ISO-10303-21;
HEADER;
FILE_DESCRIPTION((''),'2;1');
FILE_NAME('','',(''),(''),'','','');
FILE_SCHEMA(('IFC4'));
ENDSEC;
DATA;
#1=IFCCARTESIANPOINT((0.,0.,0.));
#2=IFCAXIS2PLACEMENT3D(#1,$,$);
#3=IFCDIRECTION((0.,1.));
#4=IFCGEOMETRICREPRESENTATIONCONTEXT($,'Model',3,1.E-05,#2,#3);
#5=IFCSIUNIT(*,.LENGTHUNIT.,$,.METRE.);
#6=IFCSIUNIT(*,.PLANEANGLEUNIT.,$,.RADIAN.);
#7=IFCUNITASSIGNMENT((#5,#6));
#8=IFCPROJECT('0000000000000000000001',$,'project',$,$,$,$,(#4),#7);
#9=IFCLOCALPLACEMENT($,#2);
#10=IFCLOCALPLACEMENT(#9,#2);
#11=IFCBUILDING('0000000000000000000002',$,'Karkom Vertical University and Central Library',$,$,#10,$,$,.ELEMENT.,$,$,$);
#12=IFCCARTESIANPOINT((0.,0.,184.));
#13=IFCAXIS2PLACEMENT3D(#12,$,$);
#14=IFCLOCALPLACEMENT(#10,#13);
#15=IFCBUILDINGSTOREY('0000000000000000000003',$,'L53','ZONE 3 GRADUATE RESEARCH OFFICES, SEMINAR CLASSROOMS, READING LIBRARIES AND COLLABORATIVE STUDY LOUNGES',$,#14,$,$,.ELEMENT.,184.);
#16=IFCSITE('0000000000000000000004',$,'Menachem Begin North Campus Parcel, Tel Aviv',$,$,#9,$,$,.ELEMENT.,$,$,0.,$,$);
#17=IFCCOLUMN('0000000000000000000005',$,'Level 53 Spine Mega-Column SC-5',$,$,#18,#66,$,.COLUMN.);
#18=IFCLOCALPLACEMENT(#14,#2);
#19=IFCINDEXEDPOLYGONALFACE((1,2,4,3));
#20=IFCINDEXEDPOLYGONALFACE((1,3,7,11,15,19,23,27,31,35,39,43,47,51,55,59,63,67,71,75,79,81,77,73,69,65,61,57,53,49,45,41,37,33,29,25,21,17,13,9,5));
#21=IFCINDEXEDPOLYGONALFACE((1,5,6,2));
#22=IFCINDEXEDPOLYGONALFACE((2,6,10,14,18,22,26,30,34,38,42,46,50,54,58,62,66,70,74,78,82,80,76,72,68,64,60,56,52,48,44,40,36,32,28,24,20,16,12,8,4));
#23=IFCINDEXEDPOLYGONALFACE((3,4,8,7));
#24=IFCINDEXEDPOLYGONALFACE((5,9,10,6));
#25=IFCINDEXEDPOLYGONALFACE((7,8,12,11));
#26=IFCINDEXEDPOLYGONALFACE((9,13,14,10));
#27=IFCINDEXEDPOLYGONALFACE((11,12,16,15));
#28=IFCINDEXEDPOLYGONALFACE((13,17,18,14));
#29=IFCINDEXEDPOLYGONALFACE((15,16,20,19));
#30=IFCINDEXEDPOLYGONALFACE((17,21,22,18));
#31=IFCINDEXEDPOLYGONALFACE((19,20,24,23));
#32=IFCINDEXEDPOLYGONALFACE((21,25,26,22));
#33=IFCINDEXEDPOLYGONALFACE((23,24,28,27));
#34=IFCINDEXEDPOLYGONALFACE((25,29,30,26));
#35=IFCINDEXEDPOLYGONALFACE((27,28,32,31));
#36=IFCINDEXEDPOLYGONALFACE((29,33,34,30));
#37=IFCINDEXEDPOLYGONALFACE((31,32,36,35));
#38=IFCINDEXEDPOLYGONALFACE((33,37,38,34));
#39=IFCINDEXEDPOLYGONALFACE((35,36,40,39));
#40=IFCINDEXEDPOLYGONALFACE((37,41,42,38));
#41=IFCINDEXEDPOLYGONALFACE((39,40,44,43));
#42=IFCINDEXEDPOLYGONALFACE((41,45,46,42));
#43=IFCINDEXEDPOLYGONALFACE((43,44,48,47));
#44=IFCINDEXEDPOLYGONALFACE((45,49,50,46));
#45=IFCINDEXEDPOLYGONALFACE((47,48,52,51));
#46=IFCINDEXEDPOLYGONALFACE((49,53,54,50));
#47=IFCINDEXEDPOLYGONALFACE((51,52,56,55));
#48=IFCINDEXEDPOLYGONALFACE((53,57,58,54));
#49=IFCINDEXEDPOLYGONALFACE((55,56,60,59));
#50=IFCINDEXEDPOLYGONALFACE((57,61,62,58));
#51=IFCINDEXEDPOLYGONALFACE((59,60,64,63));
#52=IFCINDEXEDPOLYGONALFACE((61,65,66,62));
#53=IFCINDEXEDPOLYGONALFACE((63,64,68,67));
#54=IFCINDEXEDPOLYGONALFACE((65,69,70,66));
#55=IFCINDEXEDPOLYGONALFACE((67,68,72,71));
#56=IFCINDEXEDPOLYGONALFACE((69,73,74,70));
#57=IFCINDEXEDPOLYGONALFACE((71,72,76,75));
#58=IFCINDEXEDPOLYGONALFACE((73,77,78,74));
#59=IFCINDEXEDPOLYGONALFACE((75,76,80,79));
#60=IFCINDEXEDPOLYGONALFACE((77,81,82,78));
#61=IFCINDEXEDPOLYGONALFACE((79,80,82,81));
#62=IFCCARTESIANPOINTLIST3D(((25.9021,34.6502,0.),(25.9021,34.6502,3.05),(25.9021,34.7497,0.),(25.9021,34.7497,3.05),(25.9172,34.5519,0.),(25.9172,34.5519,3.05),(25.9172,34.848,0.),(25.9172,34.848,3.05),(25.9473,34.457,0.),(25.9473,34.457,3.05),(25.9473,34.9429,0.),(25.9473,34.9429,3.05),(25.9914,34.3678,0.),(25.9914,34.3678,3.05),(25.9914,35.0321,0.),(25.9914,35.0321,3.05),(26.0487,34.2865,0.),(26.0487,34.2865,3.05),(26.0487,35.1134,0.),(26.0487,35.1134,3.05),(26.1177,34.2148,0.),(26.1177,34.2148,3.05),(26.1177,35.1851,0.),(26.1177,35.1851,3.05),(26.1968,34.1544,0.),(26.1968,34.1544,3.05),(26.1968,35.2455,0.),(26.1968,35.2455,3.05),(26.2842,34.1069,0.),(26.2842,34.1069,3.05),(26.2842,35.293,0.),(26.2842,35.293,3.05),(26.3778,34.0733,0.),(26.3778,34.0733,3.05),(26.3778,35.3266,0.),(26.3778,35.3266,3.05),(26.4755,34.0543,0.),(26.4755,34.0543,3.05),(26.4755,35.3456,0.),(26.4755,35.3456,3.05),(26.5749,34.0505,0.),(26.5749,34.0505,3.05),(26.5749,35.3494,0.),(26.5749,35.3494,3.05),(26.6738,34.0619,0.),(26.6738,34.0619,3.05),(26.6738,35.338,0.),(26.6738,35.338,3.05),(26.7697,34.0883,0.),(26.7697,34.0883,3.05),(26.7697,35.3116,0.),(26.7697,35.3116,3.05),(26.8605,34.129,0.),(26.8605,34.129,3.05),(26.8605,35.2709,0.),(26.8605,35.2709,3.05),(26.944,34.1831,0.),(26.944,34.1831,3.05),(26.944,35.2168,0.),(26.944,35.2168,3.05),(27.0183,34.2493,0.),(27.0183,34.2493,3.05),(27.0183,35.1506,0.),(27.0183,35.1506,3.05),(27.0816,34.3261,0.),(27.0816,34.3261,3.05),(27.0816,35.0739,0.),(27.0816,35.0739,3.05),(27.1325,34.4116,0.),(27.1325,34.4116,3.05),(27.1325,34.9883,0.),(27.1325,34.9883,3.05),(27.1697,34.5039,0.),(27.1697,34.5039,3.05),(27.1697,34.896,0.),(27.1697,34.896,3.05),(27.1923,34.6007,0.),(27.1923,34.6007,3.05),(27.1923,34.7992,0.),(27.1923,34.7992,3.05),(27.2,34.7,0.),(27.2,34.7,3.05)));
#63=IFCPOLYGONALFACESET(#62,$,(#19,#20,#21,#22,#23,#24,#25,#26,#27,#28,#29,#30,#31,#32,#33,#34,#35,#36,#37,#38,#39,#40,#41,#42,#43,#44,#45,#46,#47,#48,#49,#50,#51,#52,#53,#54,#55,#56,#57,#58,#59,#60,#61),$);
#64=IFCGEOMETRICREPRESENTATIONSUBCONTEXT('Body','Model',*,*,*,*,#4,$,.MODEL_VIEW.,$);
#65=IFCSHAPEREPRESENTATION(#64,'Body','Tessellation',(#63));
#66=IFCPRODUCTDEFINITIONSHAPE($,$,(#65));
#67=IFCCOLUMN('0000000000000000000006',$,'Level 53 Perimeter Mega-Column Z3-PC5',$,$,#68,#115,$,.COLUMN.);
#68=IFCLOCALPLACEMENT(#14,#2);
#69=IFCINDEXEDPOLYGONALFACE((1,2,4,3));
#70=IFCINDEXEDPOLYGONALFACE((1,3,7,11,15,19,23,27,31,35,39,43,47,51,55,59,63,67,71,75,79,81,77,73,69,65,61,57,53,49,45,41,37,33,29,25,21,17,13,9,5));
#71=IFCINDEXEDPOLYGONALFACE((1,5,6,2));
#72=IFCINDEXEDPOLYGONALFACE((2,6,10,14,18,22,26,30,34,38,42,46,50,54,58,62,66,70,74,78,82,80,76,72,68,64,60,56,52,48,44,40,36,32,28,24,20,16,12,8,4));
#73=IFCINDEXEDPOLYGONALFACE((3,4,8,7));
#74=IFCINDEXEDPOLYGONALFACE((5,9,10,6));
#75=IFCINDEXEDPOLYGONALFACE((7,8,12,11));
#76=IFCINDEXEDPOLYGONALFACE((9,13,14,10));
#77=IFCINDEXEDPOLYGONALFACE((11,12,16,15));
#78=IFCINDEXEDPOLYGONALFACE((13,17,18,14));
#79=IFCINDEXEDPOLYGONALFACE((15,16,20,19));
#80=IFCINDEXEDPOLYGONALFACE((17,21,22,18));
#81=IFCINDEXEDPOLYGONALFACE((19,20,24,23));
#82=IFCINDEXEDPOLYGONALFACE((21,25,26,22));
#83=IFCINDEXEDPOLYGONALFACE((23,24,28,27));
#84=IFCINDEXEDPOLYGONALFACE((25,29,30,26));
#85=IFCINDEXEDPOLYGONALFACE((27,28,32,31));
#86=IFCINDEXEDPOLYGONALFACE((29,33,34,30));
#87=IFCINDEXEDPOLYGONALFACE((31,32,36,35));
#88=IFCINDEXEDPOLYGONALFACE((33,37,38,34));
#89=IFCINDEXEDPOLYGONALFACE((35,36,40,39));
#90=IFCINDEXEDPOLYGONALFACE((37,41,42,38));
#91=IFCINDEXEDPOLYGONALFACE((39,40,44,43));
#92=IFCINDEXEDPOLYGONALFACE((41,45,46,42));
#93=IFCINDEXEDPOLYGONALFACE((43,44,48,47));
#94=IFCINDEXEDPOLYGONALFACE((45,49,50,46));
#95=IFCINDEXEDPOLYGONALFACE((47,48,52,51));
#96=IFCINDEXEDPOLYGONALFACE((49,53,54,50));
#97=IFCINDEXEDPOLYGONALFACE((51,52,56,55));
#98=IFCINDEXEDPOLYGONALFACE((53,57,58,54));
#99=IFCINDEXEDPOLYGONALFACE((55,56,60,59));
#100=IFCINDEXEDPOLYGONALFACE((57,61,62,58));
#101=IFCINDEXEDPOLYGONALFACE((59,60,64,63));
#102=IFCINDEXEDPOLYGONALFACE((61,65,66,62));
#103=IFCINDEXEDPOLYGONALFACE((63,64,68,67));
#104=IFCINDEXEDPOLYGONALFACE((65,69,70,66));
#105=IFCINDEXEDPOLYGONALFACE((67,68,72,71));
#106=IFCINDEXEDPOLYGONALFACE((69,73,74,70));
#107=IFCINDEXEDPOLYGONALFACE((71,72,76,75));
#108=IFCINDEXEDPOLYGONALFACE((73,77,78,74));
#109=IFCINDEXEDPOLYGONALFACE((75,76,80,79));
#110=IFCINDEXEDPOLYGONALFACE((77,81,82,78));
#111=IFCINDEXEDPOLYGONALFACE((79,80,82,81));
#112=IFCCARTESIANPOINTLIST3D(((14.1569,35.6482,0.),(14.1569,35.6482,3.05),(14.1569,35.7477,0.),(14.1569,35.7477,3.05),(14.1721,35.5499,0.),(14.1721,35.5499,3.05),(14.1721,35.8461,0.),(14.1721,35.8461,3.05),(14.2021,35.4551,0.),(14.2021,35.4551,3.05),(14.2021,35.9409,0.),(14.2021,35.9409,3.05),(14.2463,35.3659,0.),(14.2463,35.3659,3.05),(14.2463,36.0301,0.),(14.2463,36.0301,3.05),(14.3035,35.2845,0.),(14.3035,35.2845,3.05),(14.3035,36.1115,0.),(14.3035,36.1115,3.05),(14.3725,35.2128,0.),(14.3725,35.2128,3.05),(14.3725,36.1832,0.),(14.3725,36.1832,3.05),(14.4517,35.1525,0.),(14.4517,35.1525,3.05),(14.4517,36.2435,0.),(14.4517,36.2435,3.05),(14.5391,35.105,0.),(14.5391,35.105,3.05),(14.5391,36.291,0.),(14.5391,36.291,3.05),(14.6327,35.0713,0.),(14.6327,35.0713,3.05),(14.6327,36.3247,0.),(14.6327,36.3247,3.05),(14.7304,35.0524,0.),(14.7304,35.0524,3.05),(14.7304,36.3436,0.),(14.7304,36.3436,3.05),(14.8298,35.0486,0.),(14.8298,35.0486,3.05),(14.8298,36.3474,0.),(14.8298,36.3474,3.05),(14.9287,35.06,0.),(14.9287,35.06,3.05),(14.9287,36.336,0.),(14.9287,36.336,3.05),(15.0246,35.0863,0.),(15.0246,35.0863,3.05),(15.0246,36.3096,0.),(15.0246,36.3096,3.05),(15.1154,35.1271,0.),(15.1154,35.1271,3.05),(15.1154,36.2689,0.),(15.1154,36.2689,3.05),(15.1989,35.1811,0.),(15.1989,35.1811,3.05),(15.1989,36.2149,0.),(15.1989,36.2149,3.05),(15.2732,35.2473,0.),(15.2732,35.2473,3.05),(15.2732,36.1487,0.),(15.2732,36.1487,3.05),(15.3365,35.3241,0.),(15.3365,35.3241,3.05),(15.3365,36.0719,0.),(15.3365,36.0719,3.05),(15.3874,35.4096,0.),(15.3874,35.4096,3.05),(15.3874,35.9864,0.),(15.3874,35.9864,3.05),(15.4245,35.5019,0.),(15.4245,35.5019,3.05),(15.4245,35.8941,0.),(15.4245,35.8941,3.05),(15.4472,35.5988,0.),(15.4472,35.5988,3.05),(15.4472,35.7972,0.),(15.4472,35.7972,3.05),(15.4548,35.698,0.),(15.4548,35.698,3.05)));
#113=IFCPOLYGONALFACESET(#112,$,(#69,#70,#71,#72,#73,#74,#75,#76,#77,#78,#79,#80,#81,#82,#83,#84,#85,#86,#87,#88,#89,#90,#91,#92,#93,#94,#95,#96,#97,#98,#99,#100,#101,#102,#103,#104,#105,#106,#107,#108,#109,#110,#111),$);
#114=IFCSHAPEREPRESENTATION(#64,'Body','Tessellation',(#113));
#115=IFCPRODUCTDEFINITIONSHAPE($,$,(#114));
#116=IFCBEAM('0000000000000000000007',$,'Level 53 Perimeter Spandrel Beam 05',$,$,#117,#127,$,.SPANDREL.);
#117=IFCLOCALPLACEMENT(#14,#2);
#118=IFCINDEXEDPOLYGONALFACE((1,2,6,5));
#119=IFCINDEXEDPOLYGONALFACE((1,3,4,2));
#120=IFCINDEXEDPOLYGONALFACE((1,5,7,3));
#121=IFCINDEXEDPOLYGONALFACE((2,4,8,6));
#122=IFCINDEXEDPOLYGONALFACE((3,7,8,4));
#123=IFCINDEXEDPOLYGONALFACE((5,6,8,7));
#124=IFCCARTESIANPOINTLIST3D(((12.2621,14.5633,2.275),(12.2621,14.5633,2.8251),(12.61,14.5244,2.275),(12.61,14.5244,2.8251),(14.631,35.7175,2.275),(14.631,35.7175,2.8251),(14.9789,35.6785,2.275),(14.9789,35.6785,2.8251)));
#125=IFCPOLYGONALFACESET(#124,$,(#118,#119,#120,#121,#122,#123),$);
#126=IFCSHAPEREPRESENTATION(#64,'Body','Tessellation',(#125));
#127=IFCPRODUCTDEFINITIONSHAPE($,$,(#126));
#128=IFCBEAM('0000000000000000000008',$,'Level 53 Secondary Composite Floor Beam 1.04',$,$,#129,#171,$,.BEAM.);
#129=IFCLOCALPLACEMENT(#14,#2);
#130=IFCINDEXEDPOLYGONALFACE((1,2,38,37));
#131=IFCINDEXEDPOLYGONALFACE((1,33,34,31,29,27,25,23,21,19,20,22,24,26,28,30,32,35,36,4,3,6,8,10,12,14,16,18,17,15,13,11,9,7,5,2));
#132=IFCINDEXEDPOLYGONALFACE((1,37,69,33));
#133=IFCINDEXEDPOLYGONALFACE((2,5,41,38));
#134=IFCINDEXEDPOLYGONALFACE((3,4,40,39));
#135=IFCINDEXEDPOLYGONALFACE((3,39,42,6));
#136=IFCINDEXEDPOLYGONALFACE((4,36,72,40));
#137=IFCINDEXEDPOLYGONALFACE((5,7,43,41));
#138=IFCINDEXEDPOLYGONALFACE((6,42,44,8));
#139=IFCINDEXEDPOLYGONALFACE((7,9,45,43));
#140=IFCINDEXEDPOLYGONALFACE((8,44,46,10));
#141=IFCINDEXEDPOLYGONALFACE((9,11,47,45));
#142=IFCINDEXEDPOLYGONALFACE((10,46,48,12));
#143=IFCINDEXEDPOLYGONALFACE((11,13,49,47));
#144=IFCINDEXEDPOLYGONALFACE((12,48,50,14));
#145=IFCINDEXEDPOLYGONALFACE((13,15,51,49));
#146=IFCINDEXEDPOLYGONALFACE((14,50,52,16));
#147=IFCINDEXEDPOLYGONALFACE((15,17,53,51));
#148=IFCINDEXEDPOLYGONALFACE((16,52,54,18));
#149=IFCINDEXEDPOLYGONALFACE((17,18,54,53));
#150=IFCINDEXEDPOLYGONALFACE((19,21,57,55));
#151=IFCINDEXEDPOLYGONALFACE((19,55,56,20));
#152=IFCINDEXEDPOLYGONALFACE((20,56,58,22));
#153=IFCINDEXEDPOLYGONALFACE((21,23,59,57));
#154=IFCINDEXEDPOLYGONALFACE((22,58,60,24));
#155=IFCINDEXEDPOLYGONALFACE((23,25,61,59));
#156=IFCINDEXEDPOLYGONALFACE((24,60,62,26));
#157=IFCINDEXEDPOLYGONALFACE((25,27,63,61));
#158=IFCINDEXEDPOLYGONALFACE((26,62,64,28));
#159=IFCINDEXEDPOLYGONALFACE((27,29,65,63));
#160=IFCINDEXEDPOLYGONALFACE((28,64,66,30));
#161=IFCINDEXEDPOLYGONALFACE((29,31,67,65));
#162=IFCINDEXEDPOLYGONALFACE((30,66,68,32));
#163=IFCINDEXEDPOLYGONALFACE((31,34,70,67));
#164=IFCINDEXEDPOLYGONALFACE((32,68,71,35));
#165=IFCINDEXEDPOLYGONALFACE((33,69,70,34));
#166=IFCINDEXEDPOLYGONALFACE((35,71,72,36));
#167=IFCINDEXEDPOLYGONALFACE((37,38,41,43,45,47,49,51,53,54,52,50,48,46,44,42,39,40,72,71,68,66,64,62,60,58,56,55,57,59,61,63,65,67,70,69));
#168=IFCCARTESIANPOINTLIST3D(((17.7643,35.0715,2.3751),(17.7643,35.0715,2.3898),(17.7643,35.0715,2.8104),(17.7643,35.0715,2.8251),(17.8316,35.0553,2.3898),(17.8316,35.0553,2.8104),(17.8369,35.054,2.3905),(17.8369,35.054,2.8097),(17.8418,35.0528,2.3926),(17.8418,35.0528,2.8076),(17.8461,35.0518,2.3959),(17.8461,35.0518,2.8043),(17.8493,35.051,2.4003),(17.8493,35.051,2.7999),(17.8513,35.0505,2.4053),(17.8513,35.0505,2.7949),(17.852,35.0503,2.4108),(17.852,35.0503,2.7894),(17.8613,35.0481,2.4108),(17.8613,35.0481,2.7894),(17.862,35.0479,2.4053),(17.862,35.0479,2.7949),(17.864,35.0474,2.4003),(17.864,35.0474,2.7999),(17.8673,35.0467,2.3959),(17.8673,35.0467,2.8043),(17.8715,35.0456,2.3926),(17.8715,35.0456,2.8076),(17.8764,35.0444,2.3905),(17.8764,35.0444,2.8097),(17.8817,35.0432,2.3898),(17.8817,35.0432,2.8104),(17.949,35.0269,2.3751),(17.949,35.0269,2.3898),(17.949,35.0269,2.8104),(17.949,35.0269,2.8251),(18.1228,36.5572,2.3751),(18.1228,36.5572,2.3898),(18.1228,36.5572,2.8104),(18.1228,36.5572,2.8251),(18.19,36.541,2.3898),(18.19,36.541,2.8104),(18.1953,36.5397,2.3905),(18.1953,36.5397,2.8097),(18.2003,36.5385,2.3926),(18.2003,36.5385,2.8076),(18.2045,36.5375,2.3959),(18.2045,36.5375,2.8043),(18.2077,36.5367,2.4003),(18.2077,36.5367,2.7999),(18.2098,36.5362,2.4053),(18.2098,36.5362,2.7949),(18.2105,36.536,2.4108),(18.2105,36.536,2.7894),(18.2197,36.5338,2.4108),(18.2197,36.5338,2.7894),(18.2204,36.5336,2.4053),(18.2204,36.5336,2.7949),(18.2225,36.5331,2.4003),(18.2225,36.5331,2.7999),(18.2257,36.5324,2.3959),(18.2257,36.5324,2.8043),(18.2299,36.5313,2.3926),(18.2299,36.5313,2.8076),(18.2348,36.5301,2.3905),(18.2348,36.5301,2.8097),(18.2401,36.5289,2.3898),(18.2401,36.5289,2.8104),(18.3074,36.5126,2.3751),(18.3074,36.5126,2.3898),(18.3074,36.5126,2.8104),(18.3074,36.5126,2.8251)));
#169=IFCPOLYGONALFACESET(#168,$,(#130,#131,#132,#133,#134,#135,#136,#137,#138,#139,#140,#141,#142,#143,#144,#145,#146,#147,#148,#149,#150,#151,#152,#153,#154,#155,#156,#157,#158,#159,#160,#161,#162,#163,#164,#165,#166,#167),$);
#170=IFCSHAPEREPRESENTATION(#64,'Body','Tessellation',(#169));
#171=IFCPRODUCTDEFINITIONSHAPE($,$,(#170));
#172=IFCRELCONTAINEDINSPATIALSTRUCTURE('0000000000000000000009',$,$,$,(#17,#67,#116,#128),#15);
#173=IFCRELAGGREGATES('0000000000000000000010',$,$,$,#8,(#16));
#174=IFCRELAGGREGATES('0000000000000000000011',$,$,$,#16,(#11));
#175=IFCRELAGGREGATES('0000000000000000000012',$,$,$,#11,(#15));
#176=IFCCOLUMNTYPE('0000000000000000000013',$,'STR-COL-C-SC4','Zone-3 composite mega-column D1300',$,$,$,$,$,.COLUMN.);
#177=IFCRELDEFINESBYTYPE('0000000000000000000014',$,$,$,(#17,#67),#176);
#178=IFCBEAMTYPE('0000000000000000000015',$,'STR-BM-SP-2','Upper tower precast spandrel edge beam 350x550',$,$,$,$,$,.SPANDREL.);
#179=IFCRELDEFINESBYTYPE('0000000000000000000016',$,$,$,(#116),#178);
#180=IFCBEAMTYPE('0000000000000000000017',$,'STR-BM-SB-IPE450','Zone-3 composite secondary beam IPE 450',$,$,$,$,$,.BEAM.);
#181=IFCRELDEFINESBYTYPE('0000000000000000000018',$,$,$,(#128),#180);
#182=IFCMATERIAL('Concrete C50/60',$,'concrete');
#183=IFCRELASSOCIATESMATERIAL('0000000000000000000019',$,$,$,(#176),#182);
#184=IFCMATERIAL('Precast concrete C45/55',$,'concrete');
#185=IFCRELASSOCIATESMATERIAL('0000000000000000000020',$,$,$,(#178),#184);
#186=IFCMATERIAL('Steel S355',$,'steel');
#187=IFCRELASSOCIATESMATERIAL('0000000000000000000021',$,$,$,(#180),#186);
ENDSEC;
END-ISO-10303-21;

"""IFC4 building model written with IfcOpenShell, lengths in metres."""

from ifc_helpers import new_model, si_unit, direction, frame, origin, origin_with_axes, origin_2d, place, context, subcontext, project, spatial, rectangle, circle, i_section, extrude, source, transform, mapped, material, material_profile, profile_set, type_object, element, save


model = new_model("IFC4")

# Units and contexts
model_context = context("Model", 3, precision=1e-05, world=origin(), true_north=direction((0.0, 1.0)))
body_context = subcontext(model_context, "Body", "Model", "MODEL_VIEW")
ifc_project = project(units=[si_unit("LENGTHUNIT", "METRE"), si_unit("PLANEANGLEUNIT", "RADIAN")], contexts=[model_context])

# Site, building, storey
site_placement = place(None, origin())
site = spatial("IfcSite", under=ifc_project, at=site_placement, Name="Menachem Begin North Campus Parcel, Tel Aviv", CompositionType="ELEMENT", RefElevation=0.0)
building_placement = place(site_placement, origin())
building = spatial("IfcBuilding", under=site, at=building_placement, Name="Karkom Vertical University and Central Library", CompositionType="ELEMENT")
storey_placement = place(building_placement, frame((0.0, 0.0, 184.0)))
storey = spatial("IfcBuildingStorey", under=building, at=storey_placement, Name="L53", Description="ZONE 3 GRADUATE RESEARCH OFFICES, SEMINAR CLASSROOMS, READING LIBRARIES AND COLLABORATIVE STUDY LOUNGES", CompositionType="ELEMENT", Elevation=184.0)

# Columns
ifc_material_1 = material(Name="Concrete C50/60", Category="concrete")
ifc_material_profile_1 = material_profile(ifc_material_1, circle(Radius=0.6499, at=origin_2d()), Name="CFT-D1300")
ifc_profile_set_1 = profile_set([ifc_material_profile_1], Name="Concrete C50/60")
column_type = type_object("IfcColumnType", Name="STR-COL-C-SC4", Description="Zone-3 composite mega-column D1300", PredefinedType="COLUMN", material=ifc_profile_set_1)
shared_shape_1 = source(origin_with_axes(), body_context, "Body", "SweptSolid", [
    extrude(circle(Radius=0.6499, at=origin_2d()), origin(), (0.0, 0.0, 1.0), 3.05),
])
for number, where, z_axis, x_axis, name in (
    (1, (26.55, 34.7, 0.0), (0.0, 0.0, 1.0), (1.0, 0.0, 0.0), "Level 53 Spine Mega-Column SC-5"),
    (2, (14.8049, 35.698, 0.0), (0.0, 0.0, 1.0), (1.0, 0.0, 0.0), "Level 53 Perimeter Mega-Column Z3-PC5"),
):
    element("IfcColumn", number, at=place(storey_placement, frame(where, z_axis=z_axis, x_axis=x_axis)), inside=storey, type_object=column_type, Name=name, PredefinedType="COLUMN", context=body_context, shape_type="MappedRepresentation", body=[
        mapped(shared_shape_1, transform((0.0, 0.0, 0.0), scale=1.0)),
    ])

# Beams
ifc_material_2 = material(Name="Precast concrete C45/55", Category="concrete")
ifc_material_profile_2 = material_profile(ifc_material_2, rectangle(XDim=0.3501, YDim=0.55, at=origin_2d()), Name="SPB-350x550")
ifc_profile_set_2 = profile_set([ifc_material_profile_2], Name="Precast concrete C45/55")
beam_type_1 = type_object("IfcBeamType", Name="STR-BM-SP-2", Description="Upper tower precast spandrel edge beam 350x550", PredefinedType="SPANDREL", material=ifc_profile_set_2)
shared_shape_2 = source(origin_with_axes(), body_context, "Body", "SweptSolid", [
    extrude(rectangle(XDim=0.3501, YDim=0.55, at=origin_2d()), origin(), (0.0, 0.0, 1.0), 21.2864),
])
beam_1_placement = place(storey_placement, frame((14.8049, 35.698, 2.55), z_axis=(-0.111287, -0.993788, 0.0), x_axis=(0.993788, -0.111287, 0.0)))
element("IfcBeam", 3, at=beam_1_placement, inside=storey, type_object=beam_type_1, Name="Level 53 Perimeter Spandrel Beam 05", PredefinedType="SPANDREL", context=body_context, shape_type="MappedRepresentation", body=[
    mapped(shared_shape_2, transform((0.0, 0.0, 0.0), scale=1.0)),
])
ifc_material_3 = material(Name="Steel S355", Category="steel")
ifc_material_profile_3 = material_profile(ifc_material_3, i_section(OverallWidth=0.1899, OverallDepth=0.45, WebThickness=0.0095, FlangeThickness=0.0146, FilletRadius=0.021, at=origin_2d()), Name="IPE 450")
ifc_profile_set_3 = profile_set([ifc_material_profile_3], Name="Steel S355")
beam_type_2 = type_object("IfcBeamType", Name="STR-BM-SB-IPE450", Description="Zone-3 composite secondary beam IPE 450", PredefinedType="BEAM", material=ifc_profile_set_3)
shared_shape_3 = source(origin_with_axes(), body_context, "Body", "SweptSolid", [
    extrude(i_section(OverallWidth=0.1899, OverallDepth=0.45, WebThickness=0.0095, FlangeThickness=0.0146, FilletRadius=0.021, at=origin_2d()), origin(), (0.0, 0.0, 1.0), 1.5283),
])
beam_2_placement = place(storey_placement, frame((18.2151, 36.5349, 2.6001), z_axis=(-0.234521, -0.972111, 0.0), x_axis=(0.972111, -0.234521, 0.0)))
element("IfcBeam", 4, at=beam_2_placement, inside=storey, type_object=beam_type_2, Name="Level 53 Secondary Composite Floor Beam 1.04", PredefinedType="BEAM", context=body_context, shape_type="MappedRepresentation", body=[
    mapped(shared_shape_3, transform((0.0, 0.0, 0.0), scale=1.0)),
])

save(model, "model.ifc")
